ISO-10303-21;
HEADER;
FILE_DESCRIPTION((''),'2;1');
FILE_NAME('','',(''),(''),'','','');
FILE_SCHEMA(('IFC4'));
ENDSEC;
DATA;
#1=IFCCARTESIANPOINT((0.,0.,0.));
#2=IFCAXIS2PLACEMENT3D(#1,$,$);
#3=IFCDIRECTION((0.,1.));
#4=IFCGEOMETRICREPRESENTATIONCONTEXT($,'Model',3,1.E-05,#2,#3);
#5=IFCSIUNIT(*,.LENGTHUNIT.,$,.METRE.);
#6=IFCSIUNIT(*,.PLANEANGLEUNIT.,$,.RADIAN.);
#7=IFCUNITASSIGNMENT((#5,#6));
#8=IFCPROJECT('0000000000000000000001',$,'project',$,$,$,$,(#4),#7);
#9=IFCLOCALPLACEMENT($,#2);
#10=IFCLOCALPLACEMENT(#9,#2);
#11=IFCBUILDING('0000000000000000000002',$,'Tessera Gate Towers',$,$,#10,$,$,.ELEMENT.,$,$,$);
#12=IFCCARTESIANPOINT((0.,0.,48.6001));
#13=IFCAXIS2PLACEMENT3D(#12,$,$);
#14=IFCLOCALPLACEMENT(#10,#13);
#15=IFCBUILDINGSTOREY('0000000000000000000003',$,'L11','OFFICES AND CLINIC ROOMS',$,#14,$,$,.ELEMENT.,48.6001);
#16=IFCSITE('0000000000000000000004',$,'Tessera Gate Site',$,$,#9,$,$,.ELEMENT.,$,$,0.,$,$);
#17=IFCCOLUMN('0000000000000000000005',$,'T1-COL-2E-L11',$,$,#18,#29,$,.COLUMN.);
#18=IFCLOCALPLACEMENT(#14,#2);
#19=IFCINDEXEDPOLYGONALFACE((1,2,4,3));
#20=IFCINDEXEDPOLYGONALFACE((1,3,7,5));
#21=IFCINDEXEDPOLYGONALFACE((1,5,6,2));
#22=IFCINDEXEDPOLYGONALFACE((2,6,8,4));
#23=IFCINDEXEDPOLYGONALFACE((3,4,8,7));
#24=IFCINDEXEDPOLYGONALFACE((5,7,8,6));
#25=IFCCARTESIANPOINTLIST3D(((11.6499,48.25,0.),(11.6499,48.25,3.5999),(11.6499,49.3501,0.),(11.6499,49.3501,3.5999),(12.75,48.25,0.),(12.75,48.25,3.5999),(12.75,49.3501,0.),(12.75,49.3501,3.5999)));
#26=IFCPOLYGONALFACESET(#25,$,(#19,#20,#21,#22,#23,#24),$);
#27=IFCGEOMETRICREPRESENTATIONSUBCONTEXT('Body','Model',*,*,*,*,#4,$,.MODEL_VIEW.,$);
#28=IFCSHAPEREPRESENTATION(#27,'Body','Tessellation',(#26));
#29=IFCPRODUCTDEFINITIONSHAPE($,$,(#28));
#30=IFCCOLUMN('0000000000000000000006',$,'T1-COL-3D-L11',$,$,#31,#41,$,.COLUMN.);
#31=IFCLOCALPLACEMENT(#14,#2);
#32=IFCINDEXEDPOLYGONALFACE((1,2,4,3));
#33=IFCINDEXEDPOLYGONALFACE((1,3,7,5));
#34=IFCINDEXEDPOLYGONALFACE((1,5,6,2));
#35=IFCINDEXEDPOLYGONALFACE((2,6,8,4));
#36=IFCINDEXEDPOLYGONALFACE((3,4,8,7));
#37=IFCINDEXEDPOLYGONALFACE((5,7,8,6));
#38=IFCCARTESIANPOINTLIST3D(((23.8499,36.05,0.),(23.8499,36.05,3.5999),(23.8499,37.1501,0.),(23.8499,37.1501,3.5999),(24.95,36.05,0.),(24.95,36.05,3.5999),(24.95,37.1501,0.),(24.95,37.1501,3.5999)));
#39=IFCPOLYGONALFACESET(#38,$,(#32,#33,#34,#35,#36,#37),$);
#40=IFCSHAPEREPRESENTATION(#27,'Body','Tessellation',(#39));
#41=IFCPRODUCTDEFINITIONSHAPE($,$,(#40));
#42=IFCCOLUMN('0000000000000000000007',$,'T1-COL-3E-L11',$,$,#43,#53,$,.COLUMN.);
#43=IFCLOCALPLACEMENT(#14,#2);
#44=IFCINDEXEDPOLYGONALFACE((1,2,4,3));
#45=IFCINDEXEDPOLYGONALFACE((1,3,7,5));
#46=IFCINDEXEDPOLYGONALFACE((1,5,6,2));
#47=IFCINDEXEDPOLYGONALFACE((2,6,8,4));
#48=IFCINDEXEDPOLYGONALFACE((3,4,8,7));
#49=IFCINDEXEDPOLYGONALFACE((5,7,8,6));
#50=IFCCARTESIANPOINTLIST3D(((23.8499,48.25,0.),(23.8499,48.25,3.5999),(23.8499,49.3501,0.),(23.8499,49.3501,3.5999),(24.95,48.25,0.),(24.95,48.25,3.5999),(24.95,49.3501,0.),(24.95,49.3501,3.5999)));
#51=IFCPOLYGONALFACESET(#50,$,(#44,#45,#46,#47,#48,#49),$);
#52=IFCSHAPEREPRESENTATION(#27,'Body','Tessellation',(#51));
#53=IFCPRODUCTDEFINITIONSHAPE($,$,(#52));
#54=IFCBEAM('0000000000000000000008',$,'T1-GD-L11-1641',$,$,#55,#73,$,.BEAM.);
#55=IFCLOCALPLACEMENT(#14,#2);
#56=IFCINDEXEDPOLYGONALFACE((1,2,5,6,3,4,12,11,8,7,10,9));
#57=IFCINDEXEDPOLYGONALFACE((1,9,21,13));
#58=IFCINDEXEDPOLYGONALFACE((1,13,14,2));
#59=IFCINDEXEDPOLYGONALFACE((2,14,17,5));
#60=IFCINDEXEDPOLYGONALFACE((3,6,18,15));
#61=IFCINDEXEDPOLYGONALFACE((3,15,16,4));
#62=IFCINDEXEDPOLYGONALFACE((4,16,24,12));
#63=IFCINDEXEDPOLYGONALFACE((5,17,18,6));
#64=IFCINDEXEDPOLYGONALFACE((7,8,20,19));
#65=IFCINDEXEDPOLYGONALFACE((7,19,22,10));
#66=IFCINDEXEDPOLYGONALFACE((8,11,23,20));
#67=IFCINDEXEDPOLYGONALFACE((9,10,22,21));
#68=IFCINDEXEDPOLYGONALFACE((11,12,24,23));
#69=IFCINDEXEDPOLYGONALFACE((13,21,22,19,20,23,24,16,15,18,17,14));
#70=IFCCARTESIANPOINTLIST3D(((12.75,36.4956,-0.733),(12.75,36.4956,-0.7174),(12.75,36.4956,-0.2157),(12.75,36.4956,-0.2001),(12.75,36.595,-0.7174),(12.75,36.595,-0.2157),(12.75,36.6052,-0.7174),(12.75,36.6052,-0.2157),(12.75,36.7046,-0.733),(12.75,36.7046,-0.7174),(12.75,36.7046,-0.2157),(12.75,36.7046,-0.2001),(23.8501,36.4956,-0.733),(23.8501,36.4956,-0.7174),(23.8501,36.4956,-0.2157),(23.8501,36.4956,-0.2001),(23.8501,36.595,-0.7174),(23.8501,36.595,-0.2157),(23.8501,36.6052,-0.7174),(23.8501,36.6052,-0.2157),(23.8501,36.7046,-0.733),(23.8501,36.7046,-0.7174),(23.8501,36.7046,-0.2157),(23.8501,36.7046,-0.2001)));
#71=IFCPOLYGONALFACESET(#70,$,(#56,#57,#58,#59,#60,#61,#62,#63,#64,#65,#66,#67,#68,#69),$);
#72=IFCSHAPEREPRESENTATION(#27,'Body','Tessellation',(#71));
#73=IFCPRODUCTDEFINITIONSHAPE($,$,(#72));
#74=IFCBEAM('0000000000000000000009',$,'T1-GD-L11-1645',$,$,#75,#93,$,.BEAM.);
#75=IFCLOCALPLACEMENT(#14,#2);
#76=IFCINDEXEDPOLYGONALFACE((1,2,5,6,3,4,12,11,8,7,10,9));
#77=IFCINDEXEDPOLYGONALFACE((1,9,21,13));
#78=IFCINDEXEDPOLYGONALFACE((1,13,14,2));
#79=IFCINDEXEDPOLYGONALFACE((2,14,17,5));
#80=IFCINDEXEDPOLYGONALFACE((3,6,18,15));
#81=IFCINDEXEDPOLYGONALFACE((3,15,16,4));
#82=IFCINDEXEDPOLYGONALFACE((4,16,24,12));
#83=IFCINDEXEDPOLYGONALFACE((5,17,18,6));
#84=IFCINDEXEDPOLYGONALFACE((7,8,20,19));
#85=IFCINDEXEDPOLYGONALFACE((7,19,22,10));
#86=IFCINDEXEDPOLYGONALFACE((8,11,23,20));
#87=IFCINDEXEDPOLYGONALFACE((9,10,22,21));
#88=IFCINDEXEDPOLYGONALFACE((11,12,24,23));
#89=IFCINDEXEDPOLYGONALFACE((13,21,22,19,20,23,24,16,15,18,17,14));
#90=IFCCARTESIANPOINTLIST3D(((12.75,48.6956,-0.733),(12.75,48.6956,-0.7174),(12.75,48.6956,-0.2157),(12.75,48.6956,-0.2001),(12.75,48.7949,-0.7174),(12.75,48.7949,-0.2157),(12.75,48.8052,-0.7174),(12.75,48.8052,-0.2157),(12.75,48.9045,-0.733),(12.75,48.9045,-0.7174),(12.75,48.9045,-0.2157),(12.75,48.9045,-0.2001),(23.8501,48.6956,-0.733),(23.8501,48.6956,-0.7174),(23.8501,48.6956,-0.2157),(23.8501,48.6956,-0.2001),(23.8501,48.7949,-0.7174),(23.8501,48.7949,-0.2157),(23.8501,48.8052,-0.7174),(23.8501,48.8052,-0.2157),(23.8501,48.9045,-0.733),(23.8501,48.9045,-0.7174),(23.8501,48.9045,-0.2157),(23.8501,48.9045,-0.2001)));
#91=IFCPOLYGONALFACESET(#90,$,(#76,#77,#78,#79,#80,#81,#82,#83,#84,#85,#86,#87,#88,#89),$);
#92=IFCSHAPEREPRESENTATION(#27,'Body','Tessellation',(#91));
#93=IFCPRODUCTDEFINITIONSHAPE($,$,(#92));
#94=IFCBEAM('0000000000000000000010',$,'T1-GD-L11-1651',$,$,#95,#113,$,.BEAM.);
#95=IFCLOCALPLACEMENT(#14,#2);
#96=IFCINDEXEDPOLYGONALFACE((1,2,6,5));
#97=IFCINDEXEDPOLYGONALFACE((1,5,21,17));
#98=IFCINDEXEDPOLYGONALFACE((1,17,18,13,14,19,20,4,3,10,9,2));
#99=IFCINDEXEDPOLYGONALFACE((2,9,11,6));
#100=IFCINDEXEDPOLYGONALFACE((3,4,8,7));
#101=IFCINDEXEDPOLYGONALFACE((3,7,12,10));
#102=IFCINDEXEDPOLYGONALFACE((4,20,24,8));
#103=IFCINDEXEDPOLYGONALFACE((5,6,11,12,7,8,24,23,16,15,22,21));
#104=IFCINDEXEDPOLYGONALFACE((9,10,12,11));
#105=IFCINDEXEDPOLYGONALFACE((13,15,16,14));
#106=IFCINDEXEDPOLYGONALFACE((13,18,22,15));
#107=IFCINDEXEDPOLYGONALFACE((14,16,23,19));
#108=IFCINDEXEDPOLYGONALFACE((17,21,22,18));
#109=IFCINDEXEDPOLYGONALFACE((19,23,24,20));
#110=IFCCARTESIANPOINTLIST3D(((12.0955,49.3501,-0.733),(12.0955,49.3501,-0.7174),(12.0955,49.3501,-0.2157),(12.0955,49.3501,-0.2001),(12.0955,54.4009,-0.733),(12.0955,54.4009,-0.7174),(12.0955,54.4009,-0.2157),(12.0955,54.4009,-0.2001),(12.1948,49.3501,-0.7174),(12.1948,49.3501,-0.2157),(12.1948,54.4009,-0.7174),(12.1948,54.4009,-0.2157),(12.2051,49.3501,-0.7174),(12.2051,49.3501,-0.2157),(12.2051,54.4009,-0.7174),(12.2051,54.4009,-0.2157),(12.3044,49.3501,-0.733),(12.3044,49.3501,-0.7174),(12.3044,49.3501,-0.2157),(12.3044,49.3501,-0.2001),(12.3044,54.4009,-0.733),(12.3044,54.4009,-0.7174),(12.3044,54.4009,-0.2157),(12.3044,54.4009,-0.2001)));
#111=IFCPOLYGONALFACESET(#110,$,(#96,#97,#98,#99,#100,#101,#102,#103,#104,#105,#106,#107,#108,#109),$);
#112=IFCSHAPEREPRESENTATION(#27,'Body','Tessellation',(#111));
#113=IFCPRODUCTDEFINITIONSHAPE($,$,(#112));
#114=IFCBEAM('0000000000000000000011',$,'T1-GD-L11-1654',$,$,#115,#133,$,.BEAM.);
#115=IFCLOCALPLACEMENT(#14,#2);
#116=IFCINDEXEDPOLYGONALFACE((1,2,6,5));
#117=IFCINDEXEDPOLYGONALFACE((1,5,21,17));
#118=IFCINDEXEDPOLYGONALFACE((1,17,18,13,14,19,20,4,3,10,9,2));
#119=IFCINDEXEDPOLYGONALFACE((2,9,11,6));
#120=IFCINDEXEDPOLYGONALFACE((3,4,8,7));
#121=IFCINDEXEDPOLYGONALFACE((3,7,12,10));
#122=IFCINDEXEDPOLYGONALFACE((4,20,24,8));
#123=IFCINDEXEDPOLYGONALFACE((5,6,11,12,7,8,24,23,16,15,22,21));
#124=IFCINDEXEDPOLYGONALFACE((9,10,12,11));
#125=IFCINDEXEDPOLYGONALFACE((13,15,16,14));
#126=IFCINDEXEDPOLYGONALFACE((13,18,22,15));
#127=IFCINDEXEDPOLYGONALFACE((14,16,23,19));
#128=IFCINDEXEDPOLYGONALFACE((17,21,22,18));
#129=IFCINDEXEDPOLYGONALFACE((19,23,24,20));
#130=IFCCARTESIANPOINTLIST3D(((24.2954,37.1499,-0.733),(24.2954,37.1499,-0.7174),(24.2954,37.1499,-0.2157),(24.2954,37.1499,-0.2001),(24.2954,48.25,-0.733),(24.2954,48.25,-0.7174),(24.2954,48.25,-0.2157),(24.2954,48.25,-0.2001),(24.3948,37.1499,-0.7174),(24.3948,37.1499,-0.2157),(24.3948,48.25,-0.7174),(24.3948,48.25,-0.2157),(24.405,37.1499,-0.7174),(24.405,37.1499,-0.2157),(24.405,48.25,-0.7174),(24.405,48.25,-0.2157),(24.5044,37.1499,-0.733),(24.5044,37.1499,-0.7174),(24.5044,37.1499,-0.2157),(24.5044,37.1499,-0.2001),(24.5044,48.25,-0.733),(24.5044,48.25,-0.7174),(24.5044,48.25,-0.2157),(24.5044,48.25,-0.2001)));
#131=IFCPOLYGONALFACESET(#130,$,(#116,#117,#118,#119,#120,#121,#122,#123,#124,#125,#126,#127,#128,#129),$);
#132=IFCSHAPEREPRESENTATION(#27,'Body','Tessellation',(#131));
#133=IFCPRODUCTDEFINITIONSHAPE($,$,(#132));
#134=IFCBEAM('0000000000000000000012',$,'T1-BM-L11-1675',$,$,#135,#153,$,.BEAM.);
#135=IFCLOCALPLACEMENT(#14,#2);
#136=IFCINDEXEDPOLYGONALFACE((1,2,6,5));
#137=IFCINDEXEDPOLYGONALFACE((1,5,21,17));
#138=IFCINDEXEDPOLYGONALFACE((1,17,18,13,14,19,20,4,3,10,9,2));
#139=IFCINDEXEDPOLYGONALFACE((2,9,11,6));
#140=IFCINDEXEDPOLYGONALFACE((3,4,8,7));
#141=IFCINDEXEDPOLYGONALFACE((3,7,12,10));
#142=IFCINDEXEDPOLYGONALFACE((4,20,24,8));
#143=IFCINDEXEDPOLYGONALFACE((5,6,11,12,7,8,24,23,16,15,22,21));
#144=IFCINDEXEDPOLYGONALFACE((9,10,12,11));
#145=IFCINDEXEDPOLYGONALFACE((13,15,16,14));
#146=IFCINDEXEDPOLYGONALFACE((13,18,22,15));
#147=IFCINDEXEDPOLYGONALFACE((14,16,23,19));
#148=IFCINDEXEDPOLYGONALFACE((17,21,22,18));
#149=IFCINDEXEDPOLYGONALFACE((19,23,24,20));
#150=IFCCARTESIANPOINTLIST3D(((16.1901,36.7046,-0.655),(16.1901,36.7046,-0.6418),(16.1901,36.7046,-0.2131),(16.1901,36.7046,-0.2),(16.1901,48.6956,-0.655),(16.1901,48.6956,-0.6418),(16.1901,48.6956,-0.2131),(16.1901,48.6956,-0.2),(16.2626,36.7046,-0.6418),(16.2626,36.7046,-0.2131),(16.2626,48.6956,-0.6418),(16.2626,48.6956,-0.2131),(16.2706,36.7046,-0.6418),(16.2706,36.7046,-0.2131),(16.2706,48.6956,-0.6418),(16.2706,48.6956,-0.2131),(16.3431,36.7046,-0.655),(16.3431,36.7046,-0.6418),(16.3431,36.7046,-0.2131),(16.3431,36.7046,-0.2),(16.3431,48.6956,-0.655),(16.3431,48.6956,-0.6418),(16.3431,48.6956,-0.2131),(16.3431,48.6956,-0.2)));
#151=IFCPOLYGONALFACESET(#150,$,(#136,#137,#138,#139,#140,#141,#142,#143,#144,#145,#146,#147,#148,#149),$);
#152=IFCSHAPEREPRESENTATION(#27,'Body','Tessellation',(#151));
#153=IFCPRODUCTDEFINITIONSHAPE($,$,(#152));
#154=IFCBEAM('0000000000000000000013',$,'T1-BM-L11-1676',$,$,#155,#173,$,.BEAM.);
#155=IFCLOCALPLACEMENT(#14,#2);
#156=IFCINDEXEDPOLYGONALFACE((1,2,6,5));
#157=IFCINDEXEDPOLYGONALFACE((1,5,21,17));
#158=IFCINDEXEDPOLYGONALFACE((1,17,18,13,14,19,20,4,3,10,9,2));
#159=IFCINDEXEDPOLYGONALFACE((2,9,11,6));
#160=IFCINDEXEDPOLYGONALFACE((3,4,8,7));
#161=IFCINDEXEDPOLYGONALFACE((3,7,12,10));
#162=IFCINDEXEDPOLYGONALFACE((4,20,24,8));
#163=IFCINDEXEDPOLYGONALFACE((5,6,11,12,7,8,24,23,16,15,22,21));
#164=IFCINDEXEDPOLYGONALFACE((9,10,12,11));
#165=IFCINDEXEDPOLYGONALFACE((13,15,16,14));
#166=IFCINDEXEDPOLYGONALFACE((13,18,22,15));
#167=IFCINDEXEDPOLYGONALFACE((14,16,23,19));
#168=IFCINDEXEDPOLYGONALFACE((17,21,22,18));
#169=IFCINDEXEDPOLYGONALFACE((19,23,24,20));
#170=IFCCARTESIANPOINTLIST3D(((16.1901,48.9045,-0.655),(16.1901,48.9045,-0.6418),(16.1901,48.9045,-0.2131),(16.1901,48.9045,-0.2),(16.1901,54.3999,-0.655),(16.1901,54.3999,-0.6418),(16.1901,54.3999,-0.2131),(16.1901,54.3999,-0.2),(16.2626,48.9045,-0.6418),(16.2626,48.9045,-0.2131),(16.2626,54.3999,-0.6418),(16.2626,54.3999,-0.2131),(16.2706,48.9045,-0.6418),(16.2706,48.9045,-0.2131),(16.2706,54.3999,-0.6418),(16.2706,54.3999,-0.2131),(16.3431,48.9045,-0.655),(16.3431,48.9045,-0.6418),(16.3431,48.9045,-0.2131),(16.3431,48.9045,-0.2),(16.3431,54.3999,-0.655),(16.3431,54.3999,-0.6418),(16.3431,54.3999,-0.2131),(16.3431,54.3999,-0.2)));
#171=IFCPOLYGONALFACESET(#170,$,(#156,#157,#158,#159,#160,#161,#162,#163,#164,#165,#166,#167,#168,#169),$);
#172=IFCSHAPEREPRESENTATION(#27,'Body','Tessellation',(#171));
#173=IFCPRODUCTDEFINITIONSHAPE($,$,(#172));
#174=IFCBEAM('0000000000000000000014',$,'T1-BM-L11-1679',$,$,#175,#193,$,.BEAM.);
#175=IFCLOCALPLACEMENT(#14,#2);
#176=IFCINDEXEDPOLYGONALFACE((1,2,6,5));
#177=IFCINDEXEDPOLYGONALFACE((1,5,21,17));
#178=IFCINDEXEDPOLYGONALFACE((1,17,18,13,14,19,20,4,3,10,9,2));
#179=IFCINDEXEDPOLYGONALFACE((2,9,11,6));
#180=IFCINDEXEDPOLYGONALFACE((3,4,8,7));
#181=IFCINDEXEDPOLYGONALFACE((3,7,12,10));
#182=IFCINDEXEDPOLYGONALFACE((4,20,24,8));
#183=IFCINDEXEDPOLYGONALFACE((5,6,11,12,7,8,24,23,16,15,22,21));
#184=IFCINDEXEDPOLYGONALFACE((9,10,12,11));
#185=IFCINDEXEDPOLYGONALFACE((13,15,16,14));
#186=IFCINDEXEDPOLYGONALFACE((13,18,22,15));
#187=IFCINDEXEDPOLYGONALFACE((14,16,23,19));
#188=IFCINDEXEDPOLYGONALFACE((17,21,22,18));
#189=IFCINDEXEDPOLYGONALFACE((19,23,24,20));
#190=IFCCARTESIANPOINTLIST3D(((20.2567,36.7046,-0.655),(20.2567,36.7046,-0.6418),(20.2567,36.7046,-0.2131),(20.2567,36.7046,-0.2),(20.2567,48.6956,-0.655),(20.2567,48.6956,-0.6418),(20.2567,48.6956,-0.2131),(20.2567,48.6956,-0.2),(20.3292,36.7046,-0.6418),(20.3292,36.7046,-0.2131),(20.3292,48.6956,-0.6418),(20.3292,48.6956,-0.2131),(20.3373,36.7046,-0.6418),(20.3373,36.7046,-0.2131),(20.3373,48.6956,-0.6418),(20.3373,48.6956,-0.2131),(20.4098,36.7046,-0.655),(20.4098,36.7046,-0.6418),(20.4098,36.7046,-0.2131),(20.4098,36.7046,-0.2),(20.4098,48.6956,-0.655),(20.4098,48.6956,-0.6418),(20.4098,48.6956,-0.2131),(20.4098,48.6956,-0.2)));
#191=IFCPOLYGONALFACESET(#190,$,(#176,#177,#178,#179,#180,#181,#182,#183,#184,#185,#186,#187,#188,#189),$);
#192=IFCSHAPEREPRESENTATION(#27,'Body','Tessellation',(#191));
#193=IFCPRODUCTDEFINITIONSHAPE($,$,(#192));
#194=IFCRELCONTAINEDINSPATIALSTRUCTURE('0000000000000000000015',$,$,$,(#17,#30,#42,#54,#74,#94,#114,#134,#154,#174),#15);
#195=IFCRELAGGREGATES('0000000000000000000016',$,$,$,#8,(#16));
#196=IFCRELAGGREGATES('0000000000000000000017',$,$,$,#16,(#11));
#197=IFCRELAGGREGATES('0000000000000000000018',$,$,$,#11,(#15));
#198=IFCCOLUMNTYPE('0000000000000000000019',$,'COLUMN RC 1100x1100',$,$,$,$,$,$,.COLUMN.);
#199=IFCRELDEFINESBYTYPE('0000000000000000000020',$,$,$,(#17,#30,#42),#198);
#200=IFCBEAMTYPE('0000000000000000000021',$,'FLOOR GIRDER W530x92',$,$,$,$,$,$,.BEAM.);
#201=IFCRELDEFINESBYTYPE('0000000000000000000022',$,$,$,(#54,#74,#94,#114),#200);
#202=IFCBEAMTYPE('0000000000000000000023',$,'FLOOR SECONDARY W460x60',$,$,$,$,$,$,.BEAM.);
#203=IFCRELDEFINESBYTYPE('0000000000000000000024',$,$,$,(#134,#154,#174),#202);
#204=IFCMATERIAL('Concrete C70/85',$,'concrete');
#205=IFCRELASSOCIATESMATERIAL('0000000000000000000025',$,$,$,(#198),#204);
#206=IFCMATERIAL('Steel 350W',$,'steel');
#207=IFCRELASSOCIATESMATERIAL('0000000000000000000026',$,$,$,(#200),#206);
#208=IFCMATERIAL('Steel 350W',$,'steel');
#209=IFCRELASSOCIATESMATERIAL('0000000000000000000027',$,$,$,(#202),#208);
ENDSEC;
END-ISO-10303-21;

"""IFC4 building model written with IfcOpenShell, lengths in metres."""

from ifc_helpers import new_model, si_unit, direction, frame, origin, origin_2d, place, context, subcontext, project, spatial, rectangle, i_section, extrude, material, material_profile, profile_set, type_object, element, save


model = new_model("IFC4")

# Units and contexts
model_context = context("Model", 3, precision=1e-05, world=origin(), true_north=direction((0.0, 1.0)))
body_context = subcontext(model_context, "Body", "Model", "MODEL_VIEW")
ifc_project = project(units=[si_unit("LENGTHUNIT", "METRE"), si_unit("PLANEANGLEUNIT", "RADIAN")], contexts=[model_context])

# Site, building, storey
site_placement = place(None, origin())
site = spatial("IfcSite", under=ifc_project, at=site_placement, Name="Tessera Gate Site", CompositionType="ELEMENT", RefElevation=0.0)
building_placement = place(site_placement, origin())
building = spatial("IfcBuilding", under=site, at=building_placement, Name="Tessera Gate Towers", CompositionType="ELEMENT")
storey_placement = place(building_placement, frame((0.0, 0.0, 48.6001)))
storey = spatial("IfcBuildingStorey", under=building, at=storey_placement, Name="L11", Description="OFFICES AND CLINIC ROOMS", CompositionType="ELEMENT", Elevation=48.6001)

# Columns
ifc_material_1 = material(Name="Concrete C70/85", Category="concrete")
ifc_material_profile_1 = material_profile(ifc_material_1, rectangle(XDim=1.1001, YDim=1.1001, at=origin_2d()), Name="RC 1100x1100")
ifc_profile_set_1 = profile_set([ifc_material_profile_1], Name="Concrete C70/85")
column_type = type_object("IfcColumnType", Name="COLUMN RC 1100x1100", PredefinedType="COLUMN", material=ifc_profile_set_1)
for number, where, z_axis, x_axis, name in (
    (1, (12.2, 48.8, 0.0), (0.0, 0.0, 1.0), (1.0, 0.0, 0.0), "T1-COL-2E-L11"),
    (2, (24.3999, 36.6001, 0.0), (0.0, 0.0, 1.0), (1.0, 0.0, 0.0), "T1-COL-3D-L11"),
    (3, (24.3999, 48.8, 0.0), (0.0, 0.0, 1.0), (1.0, 0.0, 0.0), "T1-COL-3E-L11"),
):
    element("IfcColumn", number, at=place(storey_placement, frame(where, z_axis=z_axis, x_axis=x_axis)), inside=storey, type_object=column_type, Name=name, PredefinedType="COLUMN", context=body_context, shape_type="SweptSolid", body=[
        extrude(rectangle(XDim=1.1001, YDim=1.1001, at=origin_2d()), origin(), (0.0, 0.0, 1.0), 3.5999),
    ])

# Beams
ifc_material_2 = material(Name="Steel 350W", Category="steel")
ifc_material_profile_2 = material_profile(ifc_material_2, i_section(OverallWidth=0.209, OverallDepth=0.533, WebThickness=0.0103, FlangeThickness=0.0156, at=origin_2d()), Name="W530x92")
ifc_profile_set_2 = profile_set([ifc_material_profile_2], Name="Steel 350W")
beam_type_1 = type_object("IfcBeamType", Name="FLOOR GIRDER W530x92", PredefinedType="BEAM", material=ifc_profile_set_2)
for number, where, z_axis, x_axis, name in (
    (4, (12.75, 36.6001, -0.4666), (1.0, 0.0, 0.0), (0.0, 1.0, 0.0), "T1-GD-L11-1641"),
    (5, (12.75, 48.8, -0.4666), (1.0, 0.0, 0.0), (0.0, 1.0, 0.0), "T1-GD-L11-1645"),
):
    element("IfcBeam", number, at=place(storey_placement, frame(where, z_axis=z_axis, x_axis=x_axis)), inside=storey, type_object=beam_type_1, Name=name, PredefinedType="BEAM", context=body_context, shape_type="SweptSolid", body=[
        extrude(i_section(OverallWidth=0.209, OverallDepth=0.533, WebThickness=0.0103, FlangeThickness=0.0156, at=origin_2d()), origin(), (0.0, 0.0, 1.0), 11.1001),
    ])
beam_1_placement = place(storey_placement, frame((12.2, 49.3501, -0.4666), z_axis=(0.0, 1.0, 0.0), x_axis=(-1.0, 0.0, 0.0)))
element("IfcBeam", 6, at=beam_1_placement, inside=storey, type_object=beam_type_1, Name="T1-GD-L11-1651", PredefinedType="BEAM", context=body_context, shape_type="SweptSolid", body=[
    extrude(i_section(OverallWidth=0.209, OverallDepth=0.533, WebThickness=0.0103, FlangeThickness=0.0156, at=origin_2d()), origin(), (0.0, 0.0, 1.0), 5.0508),
])
beam_2_placement = place(storey_placement, frame((24.3999, 37.1499, -0.4666), z_axis=(0.0, 1.0, 0.0), x_axis=(-1.0, 0.0, 0.0)))
element("IfcBeam", 7, at=beam_2_placement, inside=storey, type_object=beam_type_1, Name="T1-GD-L11-1654", PredefinedType="BEAM", context=body_context, shape_type="SweptSolid", body=[
    extrude(i_section(OverallWidth=0.209, OverallDepth=0.533, WebThickness=0.0103, FlangeThickness=0.0156, at=origin_2d()), origin(), (0.0, 0.0, 1.0), 11.1001),
])
ifc_material_3 = material(Name="Steel 350W", Category="steel")
ifc_material_profile_3 = material_profile(ifc_material_3, i_section(OverallWidth=0.1531, OverallDepth=0.4551, WebThickness=0.0081, FlangeThickness=0.0132, at=origin_2d()), Name="W460x60")
ifc_profile_set_3 = profile_set([ifc_material_profile_3], Name="Steel 350W")
beam_type_2 = type_object("IfcBeamType", Name="FLOOR SECONDARY W460x60", PredefinedType="BEAM", material=ifc_profile_set_3)
beam_3_placement = place(storey_placement, frame((16.2666, 36.7046, -0.4275), z_axis=(0.0, 1.0, 0.0), x_axis=(-1.0, 0.0, 0.0)))
element("IfcBeam", 8, at=beam_3_placement, inside=storey, type_object=beam_type_2, Name="T1-BM-L11-1675", PredefinedType="BEAM", context=body_context, shape_type="SweptSolid", body=[
    extrude(i_section(OverallWidth=0.1531, OverallDepth=0.4551, WebThickness=0.0081, FlangeThickness=0.0132, at=origin_2d()), origin(), (0.0, 0.0, 1.0), 11.991),
])
beam_4_placement = place(storey_placement, frame((16.2666, 48.9045, -0.4275), z_axis=(0.0, 1.0, 0.0), x_axis=(-1.0, 0.0, 0.0)))
element("IfcBeam", 9, at=beam_4_placement, inside=storey, type_object=beam_type_2, Name="T1-BM-L11-1676", PredefinedType="BEAM", context=body_context, shape_type="SweptSolid", body=[
    extrude(i_section(OverallWidth=0.1531, OverallDepth=0.4551, WebThickness=0.0081, FlangeThickness=0.0132, at=origin_2d()), origin(), (0.0, 0.0, 1.0), 5.4954),
])
beam_5_placement = place(storey_placement, frame((20.3333, 36.7046, -0.4275), z_axis=(0.0, 1.0, 0.0), x_axis=(-1.0, 0.0, 0.0)))
element("IfcBeam", 10, at=beam_5_placement, inside=storey, type_object=beam_type_2, Name="T1-BM-L11-1679", PredefinedType="BEAM", context=body_context, shape_type="SweptSolid", body=[
    extrude(i_section(OverallWidth=0.1531, OverallDepth=0.4551, WebThickness=0.0081, FlangeThickness=0.0132, at=origin_2d()), origin(), (0.0, 0.0, 1.0), 11.991),
])

save(model, "model.ifc")
